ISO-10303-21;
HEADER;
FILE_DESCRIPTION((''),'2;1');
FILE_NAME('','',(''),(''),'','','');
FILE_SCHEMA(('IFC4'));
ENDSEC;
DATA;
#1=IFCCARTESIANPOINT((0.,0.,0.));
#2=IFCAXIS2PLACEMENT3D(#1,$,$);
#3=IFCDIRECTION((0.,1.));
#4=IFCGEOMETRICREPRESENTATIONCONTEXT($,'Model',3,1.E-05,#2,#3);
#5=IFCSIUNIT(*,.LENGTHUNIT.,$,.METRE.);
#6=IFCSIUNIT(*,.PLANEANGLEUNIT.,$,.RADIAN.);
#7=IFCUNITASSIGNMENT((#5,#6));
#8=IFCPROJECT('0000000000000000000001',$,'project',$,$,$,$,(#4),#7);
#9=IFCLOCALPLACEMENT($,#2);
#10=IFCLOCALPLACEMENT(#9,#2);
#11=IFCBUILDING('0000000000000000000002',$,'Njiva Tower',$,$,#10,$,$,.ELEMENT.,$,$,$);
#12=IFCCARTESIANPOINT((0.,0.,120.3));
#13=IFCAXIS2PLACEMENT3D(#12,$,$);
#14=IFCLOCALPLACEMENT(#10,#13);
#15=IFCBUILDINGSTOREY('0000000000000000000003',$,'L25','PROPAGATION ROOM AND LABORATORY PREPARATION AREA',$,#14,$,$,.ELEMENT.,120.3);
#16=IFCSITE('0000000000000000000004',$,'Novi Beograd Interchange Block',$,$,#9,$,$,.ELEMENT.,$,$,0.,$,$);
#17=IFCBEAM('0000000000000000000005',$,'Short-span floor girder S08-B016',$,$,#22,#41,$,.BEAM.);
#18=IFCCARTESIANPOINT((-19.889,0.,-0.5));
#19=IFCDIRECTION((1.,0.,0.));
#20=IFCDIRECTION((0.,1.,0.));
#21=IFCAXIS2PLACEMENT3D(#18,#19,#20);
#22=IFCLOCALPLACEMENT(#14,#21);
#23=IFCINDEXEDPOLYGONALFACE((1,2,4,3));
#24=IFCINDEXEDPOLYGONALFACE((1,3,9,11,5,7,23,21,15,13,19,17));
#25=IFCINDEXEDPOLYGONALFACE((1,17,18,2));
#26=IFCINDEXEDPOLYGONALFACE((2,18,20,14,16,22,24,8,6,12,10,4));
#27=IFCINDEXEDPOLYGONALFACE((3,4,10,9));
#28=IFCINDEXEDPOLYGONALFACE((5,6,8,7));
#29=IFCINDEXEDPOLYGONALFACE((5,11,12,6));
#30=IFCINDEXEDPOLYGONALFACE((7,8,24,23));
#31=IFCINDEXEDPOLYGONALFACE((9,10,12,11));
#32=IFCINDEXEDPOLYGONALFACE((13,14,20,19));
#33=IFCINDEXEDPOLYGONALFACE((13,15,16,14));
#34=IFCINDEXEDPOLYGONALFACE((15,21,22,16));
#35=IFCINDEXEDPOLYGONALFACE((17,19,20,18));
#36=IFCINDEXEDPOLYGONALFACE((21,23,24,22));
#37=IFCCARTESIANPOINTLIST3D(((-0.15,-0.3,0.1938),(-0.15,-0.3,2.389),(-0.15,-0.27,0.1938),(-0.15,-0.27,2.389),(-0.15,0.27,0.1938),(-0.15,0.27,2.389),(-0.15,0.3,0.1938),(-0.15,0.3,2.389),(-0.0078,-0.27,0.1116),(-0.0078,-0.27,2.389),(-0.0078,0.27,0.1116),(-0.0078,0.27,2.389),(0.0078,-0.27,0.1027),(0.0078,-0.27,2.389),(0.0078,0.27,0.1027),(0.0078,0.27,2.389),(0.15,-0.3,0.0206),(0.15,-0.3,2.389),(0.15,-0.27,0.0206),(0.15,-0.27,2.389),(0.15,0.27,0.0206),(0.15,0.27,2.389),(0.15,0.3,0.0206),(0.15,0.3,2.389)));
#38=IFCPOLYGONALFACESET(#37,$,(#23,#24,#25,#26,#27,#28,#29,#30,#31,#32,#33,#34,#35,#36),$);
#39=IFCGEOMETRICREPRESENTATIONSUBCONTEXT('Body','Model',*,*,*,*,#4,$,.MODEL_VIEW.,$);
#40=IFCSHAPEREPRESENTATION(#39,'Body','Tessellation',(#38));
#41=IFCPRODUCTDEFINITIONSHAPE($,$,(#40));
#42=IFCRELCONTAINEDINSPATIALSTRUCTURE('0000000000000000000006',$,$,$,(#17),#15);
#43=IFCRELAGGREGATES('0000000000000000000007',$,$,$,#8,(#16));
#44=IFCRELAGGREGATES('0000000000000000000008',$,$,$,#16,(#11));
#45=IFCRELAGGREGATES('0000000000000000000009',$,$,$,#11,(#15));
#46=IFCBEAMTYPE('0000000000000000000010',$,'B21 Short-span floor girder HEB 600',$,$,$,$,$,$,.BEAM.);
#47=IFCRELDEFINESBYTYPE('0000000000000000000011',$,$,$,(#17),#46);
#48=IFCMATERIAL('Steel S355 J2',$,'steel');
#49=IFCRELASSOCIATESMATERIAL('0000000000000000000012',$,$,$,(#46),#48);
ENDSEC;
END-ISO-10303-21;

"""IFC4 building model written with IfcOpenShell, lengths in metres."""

from ifc_helpers import new_model, si_unit, direction, frame, origin, origin_2d, place, context, subcontext, project, spatial, i_section, extrude, clip, halfspace, material, material_profile, profile_set, type_object, element, save


model = new_model("IFC4")

# Units and contexts
model_context = context("Model", 3, precision=1e-05, world=origin(), true_north=direction((0.0, 1.0)))
body_context = subcontext(model_context, "Body", "Model", "MODEL_VIEW")
ifc_project = project(units=[si_unit("LENGTHUNIT", "METRE"), si_unit("PLANEANGLEUNIT", "RADIAN")], contexts=[model_context])

# Site, building, storey
site_placement = place(None, origin())
site = spatial("IfcSite", under=ifc_project, at=site_placement, Name="Novi Beograd Interchange Block", CompositionType="ELEMENT", RefElevation=0.0)
building_placement = place(site_placement, origin())
building = spatial("IfcBuilding", under=site, at=building_placement, Name="Njiva Tower", CompositionType="ELEMENT")
storey_placement = place(building_placement, frame((0.0, 0.0, 120.3)))
storey = spatial("IfcBuildingStorey", under=building, at=storey_placement, Name="L25", Description="PROPAGATION ROOM AND LABORATORY PREPARATION AREA", CompositionType="ELEMENT", Elevation=120.3)

# Shared definitions
ifc_material_1 = material(Name="Steel S355 J2", Category="steel")

# Beam
ifc_material_profile_1 = material_profile(ifc_material_1, i_section(OverallWidth=0.3, OverallDepth=0.6, WebThickness=0.0155, FlangeThickness=0.03, at=origin_2d()), Name="HEB 600")
ifc_profile_set_1 = profile_set([ifc_material_profile_1], Name="Steel S355 J2")
beam_type_1 = type_object("IfcBeamType", Name="B21 Short-span floor girder HEB 600", PredefinedType="BEAM", material=ifc_profile_set_1)
beam_1_placement = place(storey_placement, frame((-19.889, 0.0, -0.5), z_axis=(1.0, 0.0, 0.0), x_axis=(0.0, 1.0, 0.0)))
element("IfcBeam", 1, at=beam_1_placement, inside=storey, type_object=beam_type_1, Name="Short-span floor girder S08-B016", PredefinedType="BEAM", context=body_context, shape_type="Clipping", body=[
    clip(extrude(i_section(OverallWidth=0.3, OverallDepth=0.6, WebThickness=0.0155, FlangeThickness=0.03, at=origin_2d()), origin(), (0.0, 0.0, 1.0), 2.389), halfspace(frame((-0.025, 0.0, 0.1216), z_axis=(-0.499998, 0.0, -0.866027), x_axis=(0.0, -1.0, 0.0)), False)),
])

save(model, "model.ifc")
